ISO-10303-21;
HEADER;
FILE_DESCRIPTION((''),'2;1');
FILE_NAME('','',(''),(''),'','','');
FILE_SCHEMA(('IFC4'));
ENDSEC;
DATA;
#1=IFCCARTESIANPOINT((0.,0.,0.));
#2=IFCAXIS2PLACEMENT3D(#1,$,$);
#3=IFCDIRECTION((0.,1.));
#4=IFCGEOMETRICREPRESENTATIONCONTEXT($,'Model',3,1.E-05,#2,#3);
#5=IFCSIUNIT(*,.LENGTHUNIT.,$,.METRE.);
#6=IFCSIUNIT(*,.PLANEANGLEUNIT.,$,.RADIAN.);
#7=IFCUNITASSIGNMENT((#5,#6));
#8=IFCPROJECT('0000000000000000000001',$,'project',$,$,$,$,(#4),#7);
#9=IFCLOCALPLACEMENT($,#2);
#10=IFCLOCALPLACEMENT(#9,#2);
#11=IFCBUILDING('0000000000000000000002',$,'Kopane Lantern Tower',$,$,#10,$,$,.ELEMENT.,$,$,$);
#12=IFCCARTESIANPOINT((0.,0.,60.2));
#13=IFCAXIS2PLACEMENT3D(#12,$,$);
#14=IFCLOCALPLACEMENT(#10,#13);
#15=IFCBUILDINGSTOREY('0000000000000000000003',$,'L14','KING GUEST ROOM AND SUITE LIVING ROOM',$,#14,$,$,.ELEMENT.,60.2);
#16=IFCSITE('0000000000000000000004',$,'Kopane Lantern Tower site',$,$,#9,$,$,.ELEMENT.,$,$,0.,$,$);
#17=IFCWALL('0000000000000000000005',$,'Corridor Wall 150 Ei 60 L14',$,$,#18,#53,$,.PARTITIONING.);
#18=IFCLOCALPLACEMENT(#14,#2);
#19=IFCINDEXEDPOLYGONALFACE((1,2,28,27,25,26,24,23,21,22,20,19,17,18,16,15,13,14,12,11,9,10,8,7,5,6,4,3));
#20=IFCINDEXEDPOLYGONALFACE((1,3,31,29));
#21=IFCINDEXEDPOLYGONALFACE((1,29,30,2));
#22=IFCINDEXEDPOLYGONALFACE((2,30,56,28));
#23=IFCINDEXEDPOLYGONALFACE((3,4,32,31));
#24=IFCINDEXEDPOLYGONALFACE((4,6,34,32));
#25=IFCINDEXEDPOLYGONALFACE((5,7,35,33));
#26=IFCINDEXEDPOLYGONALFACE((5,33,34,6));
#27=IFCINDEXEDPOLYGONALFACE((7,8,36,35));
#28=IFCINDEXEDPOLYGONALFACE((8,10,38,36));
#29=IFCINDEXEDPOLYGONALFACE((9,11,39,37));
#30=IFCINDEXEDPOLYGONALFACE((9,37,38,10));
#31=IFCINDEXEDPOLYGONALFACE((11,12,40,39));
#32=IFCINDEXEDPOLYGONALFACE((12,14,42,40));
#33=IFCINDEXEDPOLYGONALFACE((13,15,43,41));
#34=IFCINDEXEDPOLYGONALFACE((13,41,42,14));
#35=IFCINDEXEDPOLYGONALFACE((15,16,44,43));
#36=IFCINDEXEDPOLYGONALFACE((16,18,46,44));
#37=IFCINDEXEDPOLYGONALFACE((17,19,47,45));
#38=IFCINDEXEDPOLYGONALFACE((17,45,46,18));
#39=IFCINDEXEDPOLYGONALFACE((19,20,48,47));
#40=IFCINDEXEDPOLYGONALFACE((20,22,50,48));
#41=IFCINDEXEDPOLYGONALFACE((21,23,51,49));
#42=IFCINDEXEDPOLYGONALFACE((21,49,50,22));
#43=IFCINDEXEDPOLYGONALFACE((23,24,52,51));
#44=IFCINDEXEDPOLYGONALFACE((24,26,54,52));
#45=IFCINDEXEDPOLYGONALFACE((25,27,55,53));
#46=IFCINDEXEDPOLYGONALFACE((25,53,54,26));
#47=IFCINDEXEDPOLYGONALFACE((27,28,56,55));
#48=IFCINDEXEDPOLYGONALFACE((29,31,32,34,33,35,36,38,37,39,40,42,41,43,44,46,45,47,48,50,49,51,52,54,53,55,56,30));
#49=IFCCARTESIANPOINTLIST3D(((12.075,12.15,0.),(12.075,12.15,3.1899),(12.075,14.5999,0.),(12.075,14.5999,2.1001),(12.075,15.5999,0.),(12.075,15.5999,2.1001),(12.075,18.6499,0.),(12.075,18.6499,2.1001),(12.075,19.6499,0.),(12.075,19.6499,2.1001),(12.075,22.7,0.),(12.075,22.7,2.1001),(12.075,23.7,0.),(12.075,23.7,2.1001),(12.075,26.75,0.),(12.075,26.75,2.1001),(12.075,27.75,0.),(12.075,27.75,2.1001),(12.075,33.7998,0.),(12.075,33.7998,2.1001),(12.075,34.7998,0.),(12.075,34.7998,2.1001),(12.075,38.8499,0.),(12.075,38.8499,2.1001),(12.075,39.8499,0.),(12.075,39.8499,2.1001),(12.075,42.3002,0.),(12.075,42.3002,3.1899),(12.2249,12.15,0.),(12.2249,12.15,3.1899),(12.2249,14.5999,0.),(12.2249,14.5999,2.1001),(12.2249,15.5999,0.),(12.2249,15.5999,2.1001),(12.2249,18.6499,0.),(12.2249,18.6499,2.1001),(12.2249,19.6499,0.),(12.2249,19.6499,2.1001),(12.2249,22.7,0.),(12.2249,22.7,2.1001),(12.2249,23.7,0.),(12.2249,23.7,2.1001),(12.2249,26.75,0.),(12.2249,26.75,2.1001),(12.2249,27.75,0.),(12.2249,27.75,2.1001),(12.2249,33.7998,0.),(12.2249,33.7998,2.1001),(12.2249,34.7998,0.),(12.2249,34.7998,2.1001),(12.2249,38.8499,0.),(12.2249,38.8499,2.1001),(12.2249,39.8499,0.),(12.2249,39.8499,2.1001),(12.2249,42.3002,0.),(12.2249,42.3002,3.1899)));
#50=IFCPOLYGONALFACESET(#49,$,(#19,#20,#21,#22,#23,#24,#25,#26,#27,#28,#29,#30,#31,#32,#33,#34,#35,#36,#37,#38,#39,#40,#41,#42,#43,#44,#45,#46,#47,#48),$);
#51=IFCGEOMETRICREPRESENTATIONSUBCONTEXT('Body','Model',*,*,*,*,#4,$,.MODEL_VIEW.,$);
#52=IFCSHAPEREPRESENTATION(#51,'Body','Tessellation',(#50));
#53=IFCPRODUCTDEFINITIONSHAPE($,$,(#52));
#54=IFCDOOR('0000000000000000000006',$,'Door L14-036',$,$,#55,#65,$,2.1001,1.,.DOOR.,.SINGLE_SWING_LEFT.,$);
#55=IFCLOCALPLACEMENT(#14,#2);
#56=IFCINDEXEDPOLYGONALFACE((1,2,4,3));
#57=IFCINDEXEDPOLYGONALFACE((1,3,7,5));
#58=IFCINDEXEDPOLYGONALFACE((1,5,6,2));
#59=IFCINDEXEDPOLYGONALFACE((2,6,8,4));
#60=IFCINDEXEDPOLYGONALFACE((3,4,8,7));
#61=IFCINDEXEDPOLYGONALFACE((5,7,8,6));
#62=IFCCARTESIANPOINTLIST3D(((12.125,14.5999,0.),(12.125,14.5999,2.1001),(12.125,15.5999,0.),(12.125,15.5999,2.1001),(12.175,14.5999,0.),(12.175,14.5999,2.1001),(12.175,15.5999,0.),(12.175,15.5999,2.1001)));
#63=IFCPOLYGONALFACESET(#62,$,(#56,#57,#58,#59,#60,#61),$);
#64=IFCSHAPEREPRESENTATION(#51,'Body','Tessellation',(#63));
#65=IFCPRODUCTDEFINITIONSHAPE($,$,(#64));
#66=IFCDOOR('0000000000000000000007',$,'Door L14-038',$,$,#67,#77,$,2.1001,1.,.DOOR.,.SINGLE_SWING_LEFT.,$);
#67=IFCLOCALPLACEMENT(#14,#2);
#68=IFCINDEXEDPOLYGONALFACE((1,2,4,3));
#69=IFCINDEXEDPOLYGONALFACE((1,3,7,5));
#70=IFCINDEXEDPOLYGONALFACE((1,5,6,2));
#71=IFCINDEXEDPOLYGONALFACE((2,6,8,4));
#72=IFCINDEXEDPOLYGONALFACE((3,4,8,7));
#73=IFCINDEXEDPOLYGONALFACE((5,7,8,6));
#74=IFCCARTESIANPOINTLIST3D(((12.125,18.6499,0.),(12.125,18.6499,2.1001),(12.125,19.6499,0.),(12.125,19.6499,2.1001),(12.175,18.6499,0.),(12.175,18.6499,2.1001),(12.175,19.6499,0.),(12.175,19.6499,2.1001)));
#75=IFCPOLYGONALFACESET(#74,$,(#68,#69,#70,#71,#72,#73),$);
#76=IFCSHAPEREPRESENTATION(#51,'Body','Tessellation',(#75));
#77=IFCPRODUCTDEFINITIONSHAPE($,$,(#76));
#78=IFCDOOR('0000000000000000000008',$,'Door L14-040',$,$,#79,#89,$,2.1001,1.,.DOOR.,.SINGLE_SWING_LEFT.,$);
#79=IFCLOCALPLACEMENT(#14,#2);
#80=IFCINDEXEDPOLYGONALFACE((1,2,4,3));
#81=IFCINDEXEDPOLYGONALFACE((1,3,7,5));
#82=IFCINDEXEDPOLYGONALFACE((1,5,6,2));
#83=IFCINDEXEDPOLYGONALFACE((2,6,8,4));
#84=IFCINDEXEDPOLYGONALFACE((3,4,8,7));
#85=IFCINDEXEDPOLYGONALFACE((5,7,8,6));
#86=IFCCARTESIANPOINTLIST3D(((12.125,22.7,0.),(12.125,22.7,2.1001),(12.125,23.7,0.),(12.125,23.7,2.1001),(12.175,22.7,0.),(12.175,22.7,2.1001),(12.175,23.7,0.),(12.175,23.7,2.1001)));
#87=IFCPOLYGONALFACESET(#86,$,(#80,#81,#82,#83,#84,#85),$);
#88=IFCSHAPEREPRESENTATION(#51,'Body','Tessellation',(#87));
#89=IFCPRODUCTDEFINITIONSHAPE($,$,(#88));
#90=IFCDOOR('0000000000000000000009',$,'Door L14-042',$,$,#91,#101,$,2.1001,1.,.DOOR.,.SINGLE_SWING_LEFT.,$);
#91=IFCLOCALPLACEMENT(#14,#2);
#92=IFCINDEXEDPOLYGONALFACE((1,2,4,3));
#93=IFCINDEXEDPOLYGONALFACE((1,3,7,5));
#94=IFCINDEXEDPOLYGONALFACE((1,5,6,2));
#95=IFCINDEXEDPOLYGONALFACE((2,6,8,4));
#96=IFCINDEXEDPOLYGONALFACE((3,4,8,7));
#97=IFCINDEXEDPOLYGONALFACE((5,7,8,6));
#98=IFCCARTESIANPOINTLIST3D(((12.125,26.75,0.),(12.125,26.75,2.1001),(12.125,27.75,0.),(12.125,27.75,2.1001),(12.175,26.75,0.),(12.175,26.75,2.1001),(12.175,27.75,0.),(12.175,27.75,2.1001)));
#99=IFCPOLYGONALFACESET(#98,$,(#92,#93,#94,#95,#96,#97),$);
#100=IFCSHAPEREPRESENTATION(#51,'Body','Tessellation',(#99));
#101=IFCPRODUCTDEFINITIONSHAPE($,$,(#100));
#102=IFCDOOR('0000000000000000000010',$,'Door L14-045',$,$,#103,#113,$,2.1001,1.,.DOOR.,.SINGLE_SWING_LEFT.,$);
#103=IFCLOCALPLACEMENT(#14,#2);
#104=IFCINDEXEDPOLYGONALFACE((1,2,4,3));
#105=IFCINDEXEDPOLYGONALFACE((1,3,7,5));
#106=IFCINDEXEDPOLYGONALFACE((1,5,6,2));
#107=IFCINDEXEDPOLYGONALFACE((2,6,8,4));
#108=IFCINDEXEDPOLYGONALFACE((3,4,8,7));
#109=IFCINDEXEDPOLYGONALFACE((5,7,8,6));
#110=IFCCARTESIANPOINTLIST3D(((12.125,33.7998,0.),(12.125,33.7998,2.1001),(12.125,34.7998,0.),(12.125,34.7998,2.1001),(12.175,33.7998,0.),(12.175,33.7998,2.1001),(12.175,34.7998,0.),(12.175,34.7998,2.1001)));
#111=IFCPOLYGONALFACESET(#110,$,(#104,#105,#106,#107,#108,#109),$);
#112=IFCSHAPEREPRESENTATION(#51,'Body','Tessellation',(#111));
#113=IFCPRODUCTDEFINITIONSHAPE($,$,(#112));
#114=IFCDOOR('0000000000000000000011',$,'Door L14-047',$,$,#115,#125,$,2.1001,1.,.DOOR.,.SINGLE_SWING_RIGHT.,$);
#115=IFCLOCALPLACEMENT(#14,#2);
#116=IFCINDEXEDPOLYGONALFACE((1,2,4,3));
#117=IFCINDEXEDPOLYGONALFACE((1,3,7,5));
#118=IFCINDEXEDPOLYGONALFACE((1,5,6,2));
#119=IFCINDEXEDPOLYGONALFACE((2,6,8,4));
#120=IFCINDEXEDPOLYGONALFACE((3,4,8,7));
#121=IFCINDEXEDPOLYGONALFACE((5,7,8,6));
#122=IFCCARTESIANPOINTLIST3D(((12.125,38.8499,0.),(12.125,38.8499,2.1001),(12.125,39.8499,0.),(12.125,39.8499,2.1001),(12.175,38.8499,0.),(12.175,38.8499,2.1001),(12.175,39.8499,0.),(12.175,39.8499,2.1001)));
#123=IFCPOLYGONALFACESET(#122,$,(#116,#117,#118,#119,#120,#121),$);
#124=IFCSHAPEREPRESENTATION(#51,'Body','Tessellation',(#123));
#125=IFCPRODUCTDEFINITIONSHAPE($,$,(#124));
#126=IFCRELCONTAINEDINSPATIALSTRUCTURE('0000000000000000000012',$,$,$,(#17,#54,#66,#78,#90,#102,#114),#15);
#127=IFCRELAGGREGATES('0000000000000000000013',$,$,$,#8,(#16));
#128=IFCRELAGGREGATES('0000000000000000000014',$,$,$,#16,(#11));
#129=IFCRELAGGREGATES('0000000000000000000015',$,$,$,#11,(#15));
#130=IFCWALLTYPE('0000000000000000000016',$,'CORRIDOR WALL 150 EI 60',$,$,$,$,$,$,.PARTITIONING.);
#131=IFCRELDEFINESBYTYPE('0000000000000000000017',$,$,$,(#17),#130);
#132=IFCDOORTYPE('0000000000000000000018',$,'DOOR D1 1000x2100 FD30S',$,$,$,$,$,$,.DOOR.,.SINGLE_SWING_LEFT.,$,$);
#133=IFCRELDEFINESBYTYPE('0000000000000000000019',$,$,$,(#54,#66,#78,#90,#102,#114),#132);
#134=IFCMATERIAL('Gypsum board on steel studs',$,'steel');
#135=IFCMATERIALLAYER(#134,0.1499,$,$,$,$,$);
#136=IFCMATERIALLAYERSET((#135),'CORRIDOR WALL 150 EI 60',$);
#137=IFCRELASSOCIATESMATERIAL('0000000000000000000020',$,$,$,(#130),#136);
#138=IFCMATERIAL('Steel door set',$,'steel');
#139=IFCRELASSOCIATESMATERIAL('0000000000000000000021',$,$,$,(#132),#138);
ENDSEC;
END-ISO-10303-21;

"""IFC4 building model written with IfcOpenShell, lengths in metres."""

from ifc_helpers import new_model, si_unit, direction, frame, frame_2d, origin, place, context, subcontext, project, spatial, rectangle, extrude, material, layer, layer_set, type_object, element, fill, save


model = new_model("IFC4")

# Units and contexts
model_context = context("Model", 3, precision=1e-05, world=origin(), true_north=direction((0.0, 1.0)))
body_context = subcontext(model_context, "Body", "Model", "MODEL_VIEW")
ifc_project = project(units=[si_unit("LENGTHUNIT", "METRE"), si_unit("PLANEANGLEUNIT", "RADIAN")], contexts=[model_context])

# Site, building, storey
site_placement = place(None, origin())
site = spatial("IfcSite", under=ifc_project, at=site_placement, Name="Kopane Lantern Tower site", CompositionType="ELEMENT", RefElevation=0.0)
building_placement = place(site_placement, origin())
building = spatial("IfcBuilding", under=site, at=building_placement, Name="Kopane Lantern Tower", CompositionType="ELEMENT")
storey_placement = place(building_placement, frame((0.0, 0.0, 60.2)))
storey = spatial("IfcBuildingStorey", under=building, at=storey_placement, Name="L14", Description="KING GUEST ROOM AND SUITE LIVING ROOM", CompositionType="ELEMENT", Elevation=60.2)

# Wall, openings, doors
ifc_material_1 = material(Name="Gypsum board on steel studs", Category="steel")
ifc_layer_1 = layer(ifc_material_1, 0.1499)
ifc_layer_set_1 = layer_set([ifc_layer_1], Name="CORRIDOR WALL 150 EI 60")
wall_type_1 = type_object("IfcWallType", Name="CORRIDOR WALL 150 EI 60", PredefinedType="PARTITIONING", material=ifc_layer_set_1)
ifc_material_2 = material(Name="Steel door set", Category="steel")
door_type_1 = type_object("IfcDoorType", Name="DOOR D1 1000x2100 FD30S", OperationType="SINGLE_SWING_LEFT", PredefinedType="DOOR", material=ifc_material_2)
wall_1_placement = place(storey_placement, frame((12.1499, 12.1499, 0.0), z_axis=(0.0, 0.0, 1.0), x_axis=(0.0, 1.0, 0.0)))
wall_1 = element("IfcWall", 1, at=wall_1_placement, inside=storey, type_object=wall_type_1, Name="Corridor Wall 150 Ei 60 L14", PredefinedType="PARTITIONING", context=body_context, shape_type="SweptSolid", body=[
    extrude(rectangle(XDim=30.1501, YDim=0.1499, at=frame_2d((15.0752, 0.0))), origin(), (0.0, 0.0, 1.0), 3.1899),
])
opening_1_placement = place(wall_1_placement, frame((2.45, 0.0, 0.0)))
opening_1 = element("IfcOpeningElement", 2, at=opening_1_placement, cuts=wall_1, PredefinedType="OPENING", context=body_context, shape_type="SweptSolid", body=[
    extrude(rectangle(XDim=1.0, YDim=2.1001, at=frame_2d((0.5, 1.05))), frame((0.0, 0.085, 0.0), z_axis=(0.0, -1.0, 0.0), x_axis=(1.0, 0.0, 0.0)), (0.0, 0.0, 1.0), 0.1699),
])
opening_2_placement = place(wall_1_placement, frame((6.5, 0.0, 0.0)))
opening_2 = element("IfcOpeningElement", 3, at=opening_2_placement, cuts=wall_1, PredefinedType="OPENING", context=body_context, shape_type="SweptSolid", body=[
    extrude(rectangle(XDim=1.0, YDim=2.1001, at=frame_2d((0.5, 1.05))), frame((0.0, 0.085, 0.0), z_axis=(0.0, -1.0, 0.0), x_axis=(1.0, 0.0, 0.0)), (0.0, 0.0, 1.0), 0.1699),
])
opening_3_placement = place(wall_1_placement, frame((10.55, 0.0, 0.0)))
opening_3 = element("IfcOpeningElement", 4, at=opening_3_placement, cuts=wall_1, PredefinedType="OPENING", context=body_context, shape_type="SweptSolid", body=[
    extrude(rectangle(XDim=1.0, YDim=2.1001, at=frame_2d((0.5, 1.05))), frame((0.0, 0.085, 0.0), z_axis=(0.0, -1.0, 0.0), x_axis=(1.0, 0.0, 0.0)), (0.0, 0.0, 1.0), 0.1699),
])
opening_4_placement = place(wall_1_placement, frame((14.6001, 0.0, 0.0)))
opening_4 = element("IfcOpeningElement", 5, at=opening_4_placement, cuts=wall_1, PredefinedType="OPENING", context=body_context, shape_type="SweptSolid", body=[
    extrude(rectangle(XDim=1.0, YDim=2.1001, at=frame_2d((0.5, 1.05))), frame((0.0, 0.085, 0.0), z_axis=(0.0, -1.0, 0.0), x_axis=(1.0, 0.0, 0.0)), (0.0, 0.0, 1.0), 0.1699),
])
opening_5_placement = place(wall_1_placement, frame((21.6499, 0.0, 0.0)))
opening_5 = element("IfcOpeningElement", 6, at=opening_5_placement, cuts=wall_1, PredefinedType="OPENING", context=body_context, shape_type="SweptSolid", body=[
    extrude(rectangle(XDim=1.0, YDim=2.1001, at=frame_2d((0.5, 1.05))), frame((0.0, 0.085, 0.0), z_axis=(0.0, -1.0, 0.0), x_axis=(1.0, 0.0, 0.0)), (0.0, 0.0, 1.0), 0.1699),
])
opening_6_placement = place(wall_1_placement, frame((26.7, 0.0, 0.0)))
opening_6 = element("IfcOpeningElement", 7, at=opening_6_placement, cuts=wall_1, PredefinedType="OPENING", context=body_context, shape_type="SweptSolid", body=[
    extrude(rectangle(XDim=1.0, YDim=2.1001, at=frame_2d((0.5, 1.05))), frame((0.0, 0.085, 0.0), z_axis=(0.0, -1.0, 0.0), x_axis=(1.0, 0.0, 0.0)), (0.0, 0.0, 1.0), 0.1699),
])
door_1_placement = place(opening_1_placement, origin())
door_1 = element("IfcDoor", 8, at=door_1_placement, inside=storey, type_object=door_type_1, Name="Door L14-036", OperationType="SINGLE_SWING_LEFT", OverallHeight=2.1001, OverallWidth=1.0, PredefinedType="DOOR", context=body_context, shape_type="SweptSolid", body=[
    extrude(rectangle(XDim=1.0, YDim=2.1001, at=frame_2d((0.5, 1.05))), frame((0.0, 0.0249, 0.0), z_axis=(0.0, -1.0, 0.0), x_axis=(1.0, 0.0, 0.0)), (0.0, 0.0, 1.0), 0.05),
])
fill(opening_1, door_1)
door_2_placement = place(opening_2_placement, origin())
door_2 = element("IfcDoor", 9, at=door_2_placement, inside=storey, type_object=door_type_1, Name="Door L14-038", OperationType="SINGLE_SWING_LEFT", OverallHeight=2.1001, OverallWidth=1.0, PredefinedType="DOOR", context=body_context, shape_type="SweptSolid", body=[
    extrude(rectangle(XDim=1.0, YDim=2.1001, at=frame_2d((0.5, 1.05))), frame((0.0, 0.0249, 0.0), z_axis=(0.0, -1.0, 0.0), x_axis=(1.0, 0.0, 0.0)), (0.0, 0.0, 1.0), 0.05),
])
fill(opening_2, door_2)
door_3_placement = place(opening_3_placement, origin())
door_3 = element("IfcDoor", 10, at=door_3_placement, inside=storey, type_object=door_type_1, Name="Door L14-040", OperationType="SINGLE_SWING_LEFT", OverallHeight=2.1001, OverallWidth=1.0, PredefinedType="DOOR", context=body_context, shape_type="SweptSolid", body=[
    extrude(rectangle(XDim=1.0, YDim=2.1001, at=frame_2d((0.5, 1.05))), frame((0.0, 0.0249, 0.0), z_axis=(0.0, -1.0, 0.0), x_axis=(1.0, 0.0, 0.0)), (0.0, 0.0, 1.0), 0.05),
])
fill(opening_3, door_3)
door_4_placement = place(opening_4_placement, origin())
door_4 = element("IfcDoor", 11, at=door_4_placement, inside=storey, type_object=door_type_1, Name="Door L14-042", OperationType="SINGLE_SWING_LEFT", OverallHeight=2.1001, OverallWidth=1.0, PredefinedType="DOOR", context=body_context, shape_type="SweptSolid", body=[
    extrude(rectangle(XDim=1.0, YDim=2.1001, at=frame_2d((0.5, 1.05))), frame((0.0, 0.0249, 0.0), z_axis=(0.0, -1.0, 0.0), x_axis=(1.0, 0.0, 0.0)), (0.0, 0.0, 1.0), 0.05),
])
fill(opening_4, door_4)
door_5_placement = place(opening_5_placement, origin())
door_5 = element("IfcDoor", 12, at=door_5_placement, inside=storey, type_object=door_type_1, Name="Door L14-045", OperationType="SINGLE_SWING_LEFT", OverallHeight=2.1001, OverallWidth=1.0, PredefinedType="DOOR", context=body_context, shape_type="SweptSolid", body=[
    extrude(rectangle(XDim=1.0, YDim=2.1001, at=frame_2d((0.5, 1.05))), frame((0.0, 0.0249, 0.0), z_axis=(0.0, -1.0, 0.0), x_axis=(1.0, 0.0, 0.0)), (0.0, 0.0, 1.0), 0.05),
])
fill(opening_5, door_5)
door_6_placement = place(opening_6_placement, origin())
door_6 = element("IfcDoor", 13, at=door_6_placement, inside=storey, type_object=door_type_1, Name="Door L14-047", OperationType="SINGLE_SWING_RIGHT", OverallHeight=2.1001, OverallWidth=1.0, PredefinedType="DOOR", context=body_context, shape_type="SweptSolid", body=[
    extrude(rectangle(XDim=1.0, YDim=2.1001, at=frame_2d((0.5, 1.05))), frame((0.0, 0.0249, 0.0), z_axis=(0.0, -1.0, 0.0), x_axis=(1.0, 0.0, 0.0)), (0.0, 0.0, 1.0), 0.05),
])
fill(opening_6, door_6)

save(model, "model.ifc")
